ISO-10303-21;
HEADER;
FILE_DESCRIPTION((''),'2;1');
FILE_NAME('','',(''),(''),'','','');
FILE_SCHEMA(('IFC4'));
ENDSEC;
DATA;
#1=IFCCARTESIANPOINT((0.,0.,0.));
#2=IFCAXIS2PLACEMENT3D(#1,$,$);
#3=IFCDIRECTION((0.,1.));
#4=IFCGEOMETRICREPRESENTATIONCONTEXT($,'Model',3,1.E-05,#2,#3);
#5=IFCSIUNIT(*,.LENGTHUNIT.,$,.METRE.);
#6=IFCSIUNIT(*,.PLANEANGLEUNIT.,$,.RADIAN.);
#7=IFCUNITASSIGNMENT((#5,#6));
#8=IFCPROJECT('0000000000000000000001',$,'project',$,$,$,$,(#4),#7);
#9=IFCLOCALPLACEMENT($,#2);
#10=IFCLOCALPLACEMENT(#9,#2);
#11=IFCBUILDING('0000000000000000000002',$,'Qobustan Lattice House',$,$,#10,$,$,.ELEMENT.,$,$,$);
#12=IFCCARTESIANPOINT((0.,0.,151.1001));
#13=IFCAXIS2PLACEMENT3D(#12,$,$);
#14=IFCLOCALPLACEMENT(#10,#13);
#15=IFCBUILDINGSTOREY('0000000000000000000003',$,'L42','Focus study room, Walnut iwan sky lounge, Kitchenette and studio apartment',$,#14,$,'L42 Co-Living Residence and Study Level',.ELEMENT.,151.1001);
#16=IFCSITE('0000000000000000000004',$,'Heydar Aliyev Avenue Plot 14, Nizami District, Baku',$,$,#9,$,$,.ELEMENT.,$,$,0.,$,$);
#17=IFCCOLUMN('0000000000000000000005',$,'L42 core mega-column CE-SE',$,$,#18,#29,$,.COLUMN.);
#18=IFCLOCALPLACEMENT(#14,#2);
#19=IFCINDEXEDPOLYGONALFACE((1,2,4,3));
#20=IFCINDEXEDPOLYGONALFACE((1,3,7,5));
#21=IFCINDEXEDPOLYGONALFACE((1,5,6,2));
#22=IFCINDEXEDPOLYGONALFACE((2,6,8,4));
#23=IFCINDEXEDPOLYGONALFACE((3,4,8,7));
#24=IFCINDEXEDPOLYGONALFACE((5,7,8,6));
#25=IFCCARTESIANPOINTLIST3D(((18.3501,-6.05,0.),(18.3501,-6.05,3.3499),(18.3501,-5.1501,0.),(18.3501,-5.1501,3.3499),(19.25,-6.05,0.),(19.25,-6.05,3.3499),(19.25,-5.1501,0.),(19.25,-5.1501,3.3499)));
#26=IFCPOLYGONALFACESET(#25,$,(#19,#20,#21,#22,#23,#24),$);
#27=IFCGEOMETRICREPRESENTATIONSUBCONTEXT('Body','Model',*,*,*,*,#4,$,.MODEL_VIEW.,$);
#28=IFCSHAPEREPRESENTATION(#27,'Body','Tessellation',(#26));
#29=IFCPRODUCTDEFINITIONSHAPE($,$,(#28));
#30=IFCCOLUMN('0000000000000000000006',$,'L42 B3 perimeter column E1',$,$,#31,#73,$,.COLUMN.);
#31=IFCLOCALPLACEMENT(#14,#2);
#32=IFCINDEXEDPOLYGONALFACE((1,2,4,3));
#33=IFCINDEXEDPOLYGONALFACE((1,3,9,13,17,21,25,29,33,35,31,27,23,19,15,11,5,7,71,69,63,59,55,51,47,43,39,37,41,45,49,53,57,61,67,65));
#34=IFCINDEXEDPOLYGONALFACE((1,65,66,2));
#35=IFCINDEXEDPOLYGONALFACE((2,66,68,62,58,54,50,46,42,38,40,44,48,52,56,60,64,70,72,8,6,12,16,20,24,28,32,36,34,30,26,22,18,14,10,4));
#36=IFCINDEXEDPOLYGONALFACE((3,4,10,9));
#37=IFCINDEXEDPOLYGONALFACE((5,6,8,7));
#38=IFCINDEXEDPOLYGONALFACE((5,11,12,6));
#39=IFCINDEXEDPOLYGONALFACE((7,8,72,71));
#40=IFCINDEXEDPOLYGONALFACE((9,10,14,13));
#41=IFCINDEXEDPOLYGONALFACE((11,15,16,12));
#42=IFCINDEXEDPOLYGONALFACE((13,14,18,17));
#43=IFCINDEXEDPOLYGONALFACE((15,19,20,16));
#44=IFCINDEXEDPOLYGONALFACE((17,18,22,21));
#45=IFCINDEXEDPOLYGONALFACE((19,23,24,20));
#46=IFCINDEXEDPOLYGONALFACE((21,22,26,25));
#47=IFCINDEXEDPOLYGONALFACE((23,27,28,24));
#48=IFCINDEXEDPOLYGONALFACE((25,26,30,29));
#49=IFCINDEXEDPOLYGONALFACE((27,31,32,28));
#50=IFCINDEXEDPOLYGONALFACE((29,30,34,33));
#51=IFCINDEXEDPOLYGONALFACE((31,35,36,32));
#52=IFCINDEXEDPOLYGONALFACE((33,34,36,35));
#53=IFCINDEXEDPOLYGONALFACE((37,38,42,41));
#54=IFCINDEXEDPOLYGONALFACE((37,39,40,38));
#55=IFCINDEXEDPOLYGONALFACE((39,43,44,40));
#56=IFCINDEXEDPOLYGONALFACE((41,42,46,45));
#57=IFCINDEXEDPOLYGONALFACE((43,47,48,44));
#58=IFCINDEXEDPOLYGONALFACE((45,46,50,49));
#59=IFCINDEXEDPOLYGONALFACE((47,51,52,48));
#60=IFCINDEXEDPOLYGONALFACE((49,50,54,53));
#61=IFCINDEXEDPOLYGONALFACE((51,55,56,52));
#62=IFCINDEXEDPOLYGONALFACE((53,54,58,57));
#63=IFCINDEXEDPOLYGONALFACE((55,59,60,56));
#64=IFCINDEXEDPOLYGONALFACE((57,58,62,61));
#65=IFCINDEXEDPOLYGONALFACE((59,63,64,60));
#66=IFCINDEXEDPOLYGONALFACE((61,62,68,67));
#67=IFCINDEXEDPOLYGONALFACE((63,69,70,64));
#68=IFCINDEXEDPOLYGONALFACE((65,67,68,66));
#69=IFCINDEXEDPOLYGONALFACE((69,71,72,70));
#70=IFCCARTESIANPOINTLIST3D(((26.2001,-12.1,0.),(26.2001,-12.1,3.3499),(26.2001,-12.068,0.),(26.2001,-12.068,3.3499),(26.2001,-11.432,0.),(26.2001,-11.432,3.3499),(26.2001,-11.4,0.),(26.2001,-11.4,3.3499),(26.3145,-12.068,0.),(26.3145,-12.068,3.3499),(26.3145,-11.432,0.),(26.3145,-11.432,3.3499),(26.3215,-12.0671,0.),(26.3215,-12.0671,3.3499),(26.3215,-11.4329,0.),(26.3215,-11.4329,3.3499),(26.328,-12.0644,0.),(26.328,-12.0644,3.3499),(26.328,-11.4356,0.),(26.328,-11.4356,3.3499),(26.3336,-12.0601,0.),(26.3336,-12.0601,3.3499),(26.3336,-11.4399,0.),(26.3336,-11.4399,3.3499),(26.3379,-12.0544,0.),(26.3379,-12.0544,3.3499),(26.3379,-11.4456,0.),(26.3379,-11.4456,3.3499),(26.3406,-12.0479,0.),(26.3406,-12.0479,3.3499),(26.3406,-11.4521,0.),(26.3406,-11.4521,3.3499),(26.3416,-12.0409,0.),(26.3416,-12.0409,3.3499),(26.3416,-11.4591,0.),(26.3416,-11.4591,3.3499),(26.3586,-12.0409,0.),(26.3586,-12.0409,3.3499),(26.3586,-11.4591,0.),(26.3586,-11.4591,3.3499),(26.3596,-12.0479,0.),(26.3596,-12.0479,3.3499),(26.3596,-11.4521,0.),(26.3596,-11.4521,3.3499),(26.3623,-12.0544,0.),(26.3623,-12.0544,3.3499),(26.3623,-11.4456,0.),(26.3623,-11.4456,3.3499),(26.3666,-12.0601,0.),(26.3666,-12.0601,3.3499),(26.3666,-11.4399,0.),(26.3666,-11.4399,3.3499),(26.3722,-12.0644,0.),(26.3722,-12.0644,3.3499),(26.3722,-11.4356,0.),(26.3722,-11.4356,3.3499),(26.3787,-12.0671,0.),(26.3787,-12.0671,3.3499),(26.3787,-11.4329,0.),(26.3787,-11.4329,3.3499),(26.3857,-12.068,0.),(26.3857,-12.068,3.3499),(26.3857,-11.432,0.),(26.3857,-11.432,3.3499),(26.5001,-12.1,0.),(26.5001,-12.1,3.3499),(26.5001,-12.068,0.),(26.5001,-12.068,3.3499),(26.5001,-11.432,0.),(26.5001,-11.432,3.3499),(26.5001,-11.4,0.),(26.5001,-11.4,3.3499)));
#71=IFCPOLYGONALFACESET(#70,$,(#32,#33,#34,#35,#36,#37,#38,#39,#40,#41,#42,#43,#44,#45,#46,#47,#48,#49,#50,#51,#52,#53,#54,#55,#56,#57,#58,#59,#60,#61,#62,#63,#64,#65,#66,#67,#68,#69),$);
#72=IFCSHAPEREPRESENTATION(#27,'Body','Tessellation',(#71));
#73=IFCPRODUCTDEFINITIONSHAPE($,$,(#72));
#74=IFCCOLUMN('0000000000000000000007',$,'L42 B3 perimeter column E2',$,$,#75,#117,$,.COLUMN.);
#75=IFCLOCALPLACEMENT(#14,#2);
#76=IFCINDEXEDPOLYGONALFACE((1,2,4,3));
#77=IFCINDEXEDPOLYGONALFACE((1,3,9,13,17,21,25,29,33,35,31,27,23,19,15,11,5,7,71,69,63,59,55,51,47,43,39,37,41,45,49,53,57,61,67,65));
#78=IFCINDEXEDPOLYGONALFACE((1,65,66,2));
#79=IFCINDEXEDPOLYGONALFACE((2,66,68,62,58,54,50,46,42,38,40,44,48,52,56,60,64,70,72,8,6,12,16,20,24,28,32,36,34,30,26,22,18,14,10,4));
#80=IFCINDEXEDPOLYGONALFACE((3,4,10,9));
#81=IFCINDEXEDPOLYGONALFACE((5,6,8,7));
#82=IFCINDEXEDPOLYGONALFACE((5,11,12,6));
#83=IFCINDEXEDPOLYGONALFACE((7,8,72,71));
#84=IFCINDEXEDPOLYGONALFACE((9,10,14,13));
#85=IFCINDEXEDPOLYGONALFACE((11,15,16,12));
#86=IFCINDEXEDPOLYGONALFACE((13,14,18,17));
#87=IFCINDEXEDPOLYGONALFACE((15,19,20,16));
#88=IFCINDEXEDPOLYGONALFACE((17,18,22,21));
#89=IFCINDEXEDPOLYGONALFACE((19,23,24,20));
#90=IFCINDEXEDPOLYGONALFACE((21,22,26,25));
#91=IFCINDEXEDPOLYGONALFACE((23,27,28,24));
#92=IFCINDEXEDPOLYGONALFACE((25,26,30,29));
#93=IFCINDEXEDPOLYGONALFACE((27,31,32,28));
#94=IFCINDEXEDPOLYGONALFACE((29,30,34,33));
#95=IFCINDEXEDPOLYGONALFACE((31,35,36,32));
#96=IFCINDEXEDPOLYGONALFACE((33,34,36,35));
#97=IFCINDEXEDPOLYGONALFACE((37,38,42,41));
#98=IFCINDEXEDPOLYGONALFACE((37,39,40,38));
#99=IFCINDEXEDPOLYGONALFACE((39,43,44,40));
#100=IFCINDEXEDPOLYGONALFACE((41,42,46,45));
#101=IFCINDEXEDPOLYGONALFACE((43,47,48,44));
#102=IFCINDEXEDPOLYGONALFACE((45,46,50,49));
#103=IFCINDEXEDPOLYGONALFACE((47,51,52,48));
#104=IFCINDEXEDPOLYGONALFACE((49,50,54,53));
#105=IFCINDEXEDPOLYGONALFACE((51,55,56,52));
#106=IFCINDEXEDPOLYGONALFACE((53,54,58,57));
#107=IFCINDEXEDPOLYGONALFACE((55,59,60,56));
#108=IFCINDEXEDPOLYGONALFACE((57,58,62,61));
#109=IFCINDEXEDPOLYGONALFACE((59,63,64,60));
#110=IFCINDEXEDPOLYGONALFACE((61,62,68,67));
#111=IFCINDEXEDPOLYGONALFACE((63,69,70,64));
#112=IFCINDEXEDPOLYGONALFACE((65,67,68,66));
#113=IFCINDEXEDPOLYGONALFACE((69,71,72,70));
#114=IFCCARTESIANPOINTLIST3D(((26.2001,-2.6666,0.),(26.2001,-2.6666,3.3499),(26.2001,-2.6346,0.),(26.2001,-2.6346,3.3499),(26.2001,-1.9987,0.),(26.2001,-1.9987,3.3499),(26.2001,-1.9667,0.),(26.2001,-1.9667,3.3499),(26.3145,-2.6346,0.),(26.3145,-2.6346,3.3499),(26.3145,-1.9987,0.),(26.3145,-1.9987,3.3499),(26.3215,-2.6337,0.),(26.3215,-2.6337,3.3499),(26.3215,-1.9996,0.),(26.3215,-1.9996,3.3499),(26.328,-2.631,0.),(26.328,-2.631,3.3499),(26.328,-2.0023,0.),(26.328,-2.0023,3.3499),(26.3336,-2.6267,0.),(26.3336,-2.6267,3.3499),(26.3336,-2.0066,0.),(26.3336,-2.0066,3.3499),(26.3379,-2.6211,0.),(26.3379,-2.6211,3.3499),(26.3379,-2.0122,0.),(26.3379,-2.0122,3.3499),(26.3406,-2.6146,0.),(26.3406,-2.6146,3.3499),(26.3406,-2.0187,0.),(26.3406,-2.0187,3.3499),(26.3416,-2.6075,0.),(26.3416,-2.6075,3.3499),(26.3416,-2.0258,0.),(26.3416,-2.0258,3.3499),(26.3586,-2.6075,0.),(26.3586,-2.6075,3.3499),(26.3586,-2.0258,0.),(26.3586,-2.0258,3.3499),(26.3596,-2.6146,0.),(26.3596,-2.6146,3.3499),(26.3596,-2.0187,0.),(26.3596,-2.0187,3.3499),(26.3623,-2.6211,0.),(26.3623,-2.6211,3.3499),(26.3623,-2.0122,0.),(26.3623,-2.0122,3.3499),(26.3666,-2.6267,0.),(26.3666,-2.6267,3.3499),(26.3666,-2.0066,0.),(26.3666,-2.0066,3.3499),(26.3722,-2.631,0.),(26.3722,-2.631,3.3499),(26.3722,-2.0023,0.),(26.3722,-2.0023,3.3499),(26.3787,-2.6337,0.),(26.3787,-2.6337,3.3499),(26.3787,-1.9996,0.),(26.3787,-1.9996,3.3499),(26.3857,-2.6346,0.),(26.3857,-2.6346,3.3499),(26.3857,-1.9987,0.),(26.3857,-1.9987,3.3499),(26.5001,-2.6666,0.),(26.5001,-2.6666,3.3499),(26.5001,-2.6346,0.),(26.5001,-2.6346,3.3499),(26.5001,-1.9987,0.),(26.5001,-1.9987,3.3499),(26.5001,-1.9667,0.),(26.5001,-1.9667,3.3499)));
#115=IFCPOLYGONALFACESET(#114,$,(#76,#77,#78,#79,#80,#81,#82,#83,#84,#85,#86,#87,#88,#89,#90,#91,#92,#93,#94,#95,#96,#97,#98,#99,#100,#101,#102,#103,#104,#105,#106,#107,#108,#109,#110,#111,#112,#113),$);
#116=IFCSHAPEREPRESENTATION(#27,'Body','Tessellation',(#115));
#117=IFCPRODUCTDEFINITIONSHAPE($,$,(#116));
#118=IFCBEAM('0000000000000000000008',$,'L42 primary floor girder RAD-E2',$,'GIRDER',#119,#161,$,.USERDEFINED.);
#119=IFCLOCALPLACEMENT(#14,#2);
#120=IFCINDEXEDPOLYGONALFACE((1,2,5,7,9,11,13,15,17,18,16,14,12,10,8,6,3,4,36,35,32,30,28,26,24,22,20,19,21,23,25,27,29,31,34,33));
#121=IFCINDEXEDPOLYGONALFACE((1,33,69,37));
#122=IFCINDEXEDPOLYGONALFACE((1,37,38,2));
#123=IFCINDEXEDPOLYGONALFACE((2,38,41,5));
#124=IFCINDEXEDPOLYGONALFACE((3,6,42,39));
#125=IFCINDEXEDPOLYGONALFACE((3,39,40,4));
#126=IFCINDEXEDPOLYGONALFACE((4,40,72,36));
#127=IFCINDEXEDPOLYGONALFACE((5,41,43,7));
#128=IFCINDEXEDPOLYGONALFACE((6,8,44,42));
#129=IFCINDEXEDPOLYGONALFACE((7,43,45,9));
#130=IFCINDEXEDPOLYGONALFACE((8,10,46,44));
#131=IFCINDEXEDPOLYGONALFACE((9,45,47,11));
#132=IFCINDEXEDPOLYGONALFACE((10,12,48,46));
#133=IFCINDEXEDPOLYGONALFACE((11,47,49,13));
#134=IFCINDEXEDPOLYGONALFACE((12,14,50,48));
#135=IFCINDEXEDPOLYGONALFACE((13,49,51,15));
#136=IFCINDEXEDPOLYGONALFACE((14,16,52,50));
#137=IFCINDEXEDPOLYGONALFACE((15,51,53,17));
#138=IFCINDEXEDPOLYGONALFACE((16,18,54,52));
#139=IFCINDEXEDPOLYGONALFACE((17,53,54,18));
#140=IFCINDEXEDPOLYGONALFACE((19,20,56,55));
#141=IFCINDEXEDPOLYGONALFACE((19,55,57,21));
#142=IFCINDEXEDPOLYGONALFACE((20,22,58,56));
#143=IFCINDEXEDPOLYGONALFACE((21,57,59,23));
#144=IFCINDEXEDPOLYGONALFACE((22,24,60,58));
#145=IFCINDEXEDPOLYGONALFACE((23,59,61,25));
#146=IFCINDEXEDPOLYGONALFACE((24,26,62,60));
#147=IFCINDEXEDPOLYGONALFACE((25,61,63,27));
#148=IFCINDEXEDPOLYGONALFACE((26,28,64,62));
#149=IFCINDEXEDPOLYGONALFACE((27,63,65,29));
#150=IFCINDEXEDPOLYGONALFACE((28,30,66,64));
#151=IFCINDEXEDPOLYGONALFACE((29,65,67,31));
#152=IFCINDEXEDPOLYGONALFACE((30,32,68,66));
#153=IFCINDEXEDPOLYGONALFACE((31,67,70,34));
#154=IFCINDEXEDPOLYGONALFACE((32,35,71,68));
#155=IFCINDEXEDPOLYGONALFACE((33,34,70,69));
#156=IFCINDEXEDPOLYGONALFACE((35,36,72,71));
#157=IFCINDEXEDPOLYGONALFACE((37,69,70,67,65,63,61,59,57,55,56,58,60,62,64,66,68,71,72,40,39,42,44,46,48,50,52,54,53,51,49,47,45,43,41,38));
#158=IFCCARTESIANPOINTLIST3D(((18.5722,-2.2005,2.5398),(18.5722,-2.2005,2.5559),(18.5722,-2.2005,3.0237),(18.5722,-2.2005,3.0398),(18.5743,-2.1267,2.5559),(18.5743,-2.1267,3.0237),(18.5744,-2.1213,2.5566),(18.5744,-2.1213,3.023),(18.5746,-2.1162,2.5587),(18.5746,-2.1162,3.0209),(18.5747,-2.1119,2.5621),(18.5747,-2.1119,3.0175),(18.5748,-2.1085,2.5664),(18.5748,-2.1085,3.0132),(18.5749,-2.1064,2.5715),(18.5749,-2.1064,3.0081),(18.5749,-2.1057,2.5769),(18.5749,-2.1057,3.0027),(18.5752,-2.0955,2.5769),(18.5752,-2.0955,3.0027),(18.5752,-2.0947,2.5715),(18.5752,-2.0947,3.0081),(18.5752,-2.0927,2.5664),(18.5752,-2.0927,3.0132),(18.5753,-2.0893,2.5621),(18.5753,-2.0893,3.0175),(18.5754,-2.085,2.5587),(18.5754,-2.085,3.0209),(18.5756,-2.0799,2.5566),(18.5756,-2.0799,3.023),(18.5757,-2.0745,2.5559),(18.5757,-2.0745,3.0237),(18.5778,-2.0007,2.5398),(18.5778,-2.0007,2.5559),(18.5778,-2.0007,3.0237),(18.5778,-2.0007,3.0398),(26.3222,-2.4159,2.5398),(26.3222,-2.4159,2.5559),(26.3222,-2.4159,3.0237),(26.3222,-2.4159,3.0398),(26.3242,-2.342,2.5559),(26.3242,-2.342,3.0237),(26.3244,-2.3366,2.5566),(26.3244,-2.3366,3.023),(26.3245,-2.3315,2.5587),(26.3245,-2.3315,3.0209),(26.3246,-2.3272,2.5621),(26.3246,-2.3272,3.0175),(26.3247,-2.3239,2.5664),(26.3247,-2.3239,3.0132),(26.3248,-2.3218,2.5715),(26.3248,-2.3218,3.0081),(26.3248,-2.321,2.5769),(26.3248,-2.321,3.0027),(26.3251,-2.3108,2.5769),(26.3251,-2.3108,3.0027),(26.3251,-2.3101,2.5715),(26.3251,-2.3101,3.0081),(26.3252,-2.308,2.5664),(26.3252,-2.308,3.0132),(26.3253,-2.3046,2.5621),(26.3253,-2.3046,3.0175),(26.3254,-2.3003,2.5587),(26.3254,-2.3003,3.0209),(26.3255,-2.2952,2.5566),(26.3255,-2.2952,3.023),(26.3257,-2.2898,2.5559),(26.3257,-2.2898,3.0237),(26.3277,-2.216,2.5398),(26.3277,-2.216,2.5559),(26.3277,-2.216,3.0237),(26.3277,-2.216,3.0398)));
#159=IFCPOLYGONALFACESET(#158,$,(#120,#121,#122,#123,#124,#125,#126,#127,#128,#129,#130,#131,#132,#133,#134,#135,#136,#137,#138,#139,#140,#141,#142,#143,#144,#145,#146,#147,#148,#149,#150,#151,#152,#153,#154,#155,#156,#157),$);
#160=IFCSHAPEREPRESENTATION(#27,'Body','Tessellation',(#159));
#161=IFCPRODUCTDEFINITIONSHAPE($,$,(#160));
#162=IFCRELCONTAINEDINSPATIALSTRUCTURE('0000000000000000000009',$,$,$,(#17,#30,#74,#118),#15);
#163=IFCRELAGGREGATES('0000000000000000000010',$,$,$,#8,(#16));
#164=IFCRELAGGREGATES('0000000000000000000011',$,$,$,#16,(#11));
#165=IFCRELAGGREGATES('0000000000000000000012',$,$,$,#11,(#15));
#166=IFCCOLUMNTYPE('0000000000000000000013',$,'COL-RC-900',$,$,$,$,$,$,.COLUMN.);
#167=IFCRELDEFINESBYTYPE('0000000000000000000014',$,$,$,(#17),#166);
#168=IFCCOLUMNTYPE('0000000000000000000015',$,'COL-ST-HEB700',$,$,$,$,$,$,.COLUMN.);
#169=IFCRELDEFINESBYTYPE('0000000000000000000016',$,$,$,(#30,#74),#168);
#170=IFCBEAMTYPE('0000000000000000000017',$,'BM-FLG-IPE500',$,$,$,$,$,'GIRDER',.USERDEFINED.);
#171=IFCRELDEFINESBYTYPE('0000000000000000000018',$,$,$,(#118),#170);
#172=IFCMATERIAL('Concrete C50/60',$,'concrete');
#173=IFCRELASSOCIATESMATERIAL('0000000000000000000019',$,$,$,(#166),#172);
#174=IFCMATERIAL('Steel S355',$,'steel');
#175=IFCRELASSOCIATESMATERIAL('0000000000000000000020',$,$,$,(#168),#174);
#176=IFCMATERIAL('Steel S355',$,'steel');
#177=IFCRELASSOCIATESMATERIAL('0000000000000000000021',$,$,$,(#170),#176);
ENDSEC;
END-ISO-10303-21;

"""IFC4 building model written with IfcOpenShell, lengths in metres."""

from ifc_helpers import new_model, si_unit, direction, frame, origin, origin_2d, place, context, subcontext, project, spatial, rectangle, i_section, extrude, material, material_profile, profile_set, type_object, element, save


model = new_model("IFC4")

# Units and contexts
model_context = context("Model", 3, precision=1e-05, world=origin(), true_north=direction((0.0, 1.0)))
body_context = subcontext(model_context, "Body", "Model", "MODEL_VIEW")
ifc_project = project(units=[si_unit("LENGTHUNIT", "METRE"), si_unit("PLANEANGLEUNIT", "RADIAN")], contexts=[model_context])

# Site, building, storey
site_placement = place(None, origin())
site = spatial("IfcSite", under=ifc_project, at=site_placement, Name="Heydar Aliyev Avenue Plot 14, Nizami District, Baku", CompositionType="ELEMENT", RefElevation=0.0)
building_placement = place(site_placement, origin())
building = spatial("IfcBuilding", under=site, at=building_placement, Name="Qobustan Lattice House", CompositionType="ELEMENT")
storey_placement = place(building_placement, frame((0.0, 0.0, 151.1001)))
storey = spatial("IfcBuildingStorey", under=building, at=storey_placement, Name="L42", Description="Focus study room, Walnut iwan sky lounge, Kitchenette and studio apartment", LongName="L42 Co-Living Residence and Study Level", CompositionType="ELEMENT", Elevation=151.1001)

# Columns
ifc_material_1 = material(Name="Concrete C50/60", Category="concrete")
ifc_material_profile_1 = material_profile(ifc_material_1, rectangle(XDim=0.8999, YDim=0.8999, at=origin_2d()), Name="RC900x900")
ifc_profile_set_1 = profile_set([ifc_material_profile_1], Name="Concrete C50/60")
column_type_1 = type_object("IfcColumnType", Name="COL-RC-900", PredefinedType="COLUMN", material=ifc_profile_set_1)
column_placement = place(storey_placement, frame((18.8, -5.6001, 0.0), z_axis=(0.0, 0.0, 1.0), x_axis=(1.0, 0.0, 0.0)))
element("IfcColumn", 1, at=column_placement, inside=storey, type_object=column_type_1, Name="L42 core mega-column CE-SE", PredefinedType="COLUMN", context=body_context, shape_type="SweptSolid", body=[
    extrude(rectangle(XDim=0.8999, YDim=0.8999, at=origin_2d()), origin(), (0.0, 0.0, 1.0), 3.3499),
])
ifc_material_2 = material(Name="Steel S355", Category="steel")
ifc_material_profile_2 = material_profile(ifc_material_2, i_section(OverallWidth=0.3, OverallDepth=0.7, WebThickness=0.0171, FlangeThickness=0.032, FilletRadius=0.0271, at=origin_2d()), Name="HEB700")
ifc_profile_set_2 = profile_set([ifc_material_profile_2], Name="Steel S355")
column_type_2 = type_object("IfcColumnType", Name="COL-ST-HEB700", PredefinedType="COLUMN", material=ifc_profile_set_2)
for number, where, z_axis, x_axis, name in (
    (2, (26.3501, -11.75, 0.0), (0.0, 0.0, 1.0), (1.0, 0.0, 0.0), "L42 B3 perimeter column E1"),
    (3, (26.3501, -2.3167, 0.0), (0.0, 0.0, 1.0), (1.0, 0.0, 0.0), "L42 B3 perimeter column E2"),
):
    element("IfcColumn", number, at=place(storey_placement, frame(where, z_axis=z_axis, x_axis=x_axis)), inside=storey, type_object=column_type_2, Name=name, PredefinedType="COLUMN", context=body_context, shape_type="SweptSolid", body=[
        extrude(i_section(OverallWidth=0.3, OverallDepth=0.7, WebThickness=0.0171, FlangeThickness=0.032, FilletRadius=0.0271, at=origin_2d()), origin(), (0.0, 0.0, 1.0), 3.3499),
    ])

# Beam
ifc_material_3 = material(Name="Steel S355", Category="steel")
ifc_material_profile_3 = material_profile(ifc_material_3, i_section(OverallWidth=0.2, OverallDepth=0.5, WebThickness=0.0103, FlangeThickness=0.0161, FilletRadius=0.021, at=origin_2d()), Name="IPE500")
ifc_profile_set_3 = profile_set([ifc_material_profile_3], Name="Steel S355")
beam_type_1 = type_object("IfcBeamType", Name="BM-FLG-IPE500", ElementType="GIRDER", PredefinedType="USERDEFINED", material=ifc_profile_set_3)
beam_1_placement = place(storey_placement, frame((26.325, -2.3159, 2.7898), z_axis=(-0.999614, 0.027774, 0.0), x_axis=(-0.027774, -0.999614, 0.0)))
element("IfcBeam", 4, at=beam_1_placement, inside=storey, type_object=beam_type_1, Name="L42 primary floor girder RAD-E2", ObjectType="GIRDER", PredefinedType="USERDEFINED", context=body_context, shape_type="SweptSolid", body=[
    extrude(i_section(OverallWidth=0.2, OverallDepth=0.5, WebThickness=0.0103, FlangeThickness=0.0161, FilletRadius=0.021, at=origin_2d()), origin(), (0.0, 0.0, 1.0), 7.7529),
])

save(model, "model.ifc")
